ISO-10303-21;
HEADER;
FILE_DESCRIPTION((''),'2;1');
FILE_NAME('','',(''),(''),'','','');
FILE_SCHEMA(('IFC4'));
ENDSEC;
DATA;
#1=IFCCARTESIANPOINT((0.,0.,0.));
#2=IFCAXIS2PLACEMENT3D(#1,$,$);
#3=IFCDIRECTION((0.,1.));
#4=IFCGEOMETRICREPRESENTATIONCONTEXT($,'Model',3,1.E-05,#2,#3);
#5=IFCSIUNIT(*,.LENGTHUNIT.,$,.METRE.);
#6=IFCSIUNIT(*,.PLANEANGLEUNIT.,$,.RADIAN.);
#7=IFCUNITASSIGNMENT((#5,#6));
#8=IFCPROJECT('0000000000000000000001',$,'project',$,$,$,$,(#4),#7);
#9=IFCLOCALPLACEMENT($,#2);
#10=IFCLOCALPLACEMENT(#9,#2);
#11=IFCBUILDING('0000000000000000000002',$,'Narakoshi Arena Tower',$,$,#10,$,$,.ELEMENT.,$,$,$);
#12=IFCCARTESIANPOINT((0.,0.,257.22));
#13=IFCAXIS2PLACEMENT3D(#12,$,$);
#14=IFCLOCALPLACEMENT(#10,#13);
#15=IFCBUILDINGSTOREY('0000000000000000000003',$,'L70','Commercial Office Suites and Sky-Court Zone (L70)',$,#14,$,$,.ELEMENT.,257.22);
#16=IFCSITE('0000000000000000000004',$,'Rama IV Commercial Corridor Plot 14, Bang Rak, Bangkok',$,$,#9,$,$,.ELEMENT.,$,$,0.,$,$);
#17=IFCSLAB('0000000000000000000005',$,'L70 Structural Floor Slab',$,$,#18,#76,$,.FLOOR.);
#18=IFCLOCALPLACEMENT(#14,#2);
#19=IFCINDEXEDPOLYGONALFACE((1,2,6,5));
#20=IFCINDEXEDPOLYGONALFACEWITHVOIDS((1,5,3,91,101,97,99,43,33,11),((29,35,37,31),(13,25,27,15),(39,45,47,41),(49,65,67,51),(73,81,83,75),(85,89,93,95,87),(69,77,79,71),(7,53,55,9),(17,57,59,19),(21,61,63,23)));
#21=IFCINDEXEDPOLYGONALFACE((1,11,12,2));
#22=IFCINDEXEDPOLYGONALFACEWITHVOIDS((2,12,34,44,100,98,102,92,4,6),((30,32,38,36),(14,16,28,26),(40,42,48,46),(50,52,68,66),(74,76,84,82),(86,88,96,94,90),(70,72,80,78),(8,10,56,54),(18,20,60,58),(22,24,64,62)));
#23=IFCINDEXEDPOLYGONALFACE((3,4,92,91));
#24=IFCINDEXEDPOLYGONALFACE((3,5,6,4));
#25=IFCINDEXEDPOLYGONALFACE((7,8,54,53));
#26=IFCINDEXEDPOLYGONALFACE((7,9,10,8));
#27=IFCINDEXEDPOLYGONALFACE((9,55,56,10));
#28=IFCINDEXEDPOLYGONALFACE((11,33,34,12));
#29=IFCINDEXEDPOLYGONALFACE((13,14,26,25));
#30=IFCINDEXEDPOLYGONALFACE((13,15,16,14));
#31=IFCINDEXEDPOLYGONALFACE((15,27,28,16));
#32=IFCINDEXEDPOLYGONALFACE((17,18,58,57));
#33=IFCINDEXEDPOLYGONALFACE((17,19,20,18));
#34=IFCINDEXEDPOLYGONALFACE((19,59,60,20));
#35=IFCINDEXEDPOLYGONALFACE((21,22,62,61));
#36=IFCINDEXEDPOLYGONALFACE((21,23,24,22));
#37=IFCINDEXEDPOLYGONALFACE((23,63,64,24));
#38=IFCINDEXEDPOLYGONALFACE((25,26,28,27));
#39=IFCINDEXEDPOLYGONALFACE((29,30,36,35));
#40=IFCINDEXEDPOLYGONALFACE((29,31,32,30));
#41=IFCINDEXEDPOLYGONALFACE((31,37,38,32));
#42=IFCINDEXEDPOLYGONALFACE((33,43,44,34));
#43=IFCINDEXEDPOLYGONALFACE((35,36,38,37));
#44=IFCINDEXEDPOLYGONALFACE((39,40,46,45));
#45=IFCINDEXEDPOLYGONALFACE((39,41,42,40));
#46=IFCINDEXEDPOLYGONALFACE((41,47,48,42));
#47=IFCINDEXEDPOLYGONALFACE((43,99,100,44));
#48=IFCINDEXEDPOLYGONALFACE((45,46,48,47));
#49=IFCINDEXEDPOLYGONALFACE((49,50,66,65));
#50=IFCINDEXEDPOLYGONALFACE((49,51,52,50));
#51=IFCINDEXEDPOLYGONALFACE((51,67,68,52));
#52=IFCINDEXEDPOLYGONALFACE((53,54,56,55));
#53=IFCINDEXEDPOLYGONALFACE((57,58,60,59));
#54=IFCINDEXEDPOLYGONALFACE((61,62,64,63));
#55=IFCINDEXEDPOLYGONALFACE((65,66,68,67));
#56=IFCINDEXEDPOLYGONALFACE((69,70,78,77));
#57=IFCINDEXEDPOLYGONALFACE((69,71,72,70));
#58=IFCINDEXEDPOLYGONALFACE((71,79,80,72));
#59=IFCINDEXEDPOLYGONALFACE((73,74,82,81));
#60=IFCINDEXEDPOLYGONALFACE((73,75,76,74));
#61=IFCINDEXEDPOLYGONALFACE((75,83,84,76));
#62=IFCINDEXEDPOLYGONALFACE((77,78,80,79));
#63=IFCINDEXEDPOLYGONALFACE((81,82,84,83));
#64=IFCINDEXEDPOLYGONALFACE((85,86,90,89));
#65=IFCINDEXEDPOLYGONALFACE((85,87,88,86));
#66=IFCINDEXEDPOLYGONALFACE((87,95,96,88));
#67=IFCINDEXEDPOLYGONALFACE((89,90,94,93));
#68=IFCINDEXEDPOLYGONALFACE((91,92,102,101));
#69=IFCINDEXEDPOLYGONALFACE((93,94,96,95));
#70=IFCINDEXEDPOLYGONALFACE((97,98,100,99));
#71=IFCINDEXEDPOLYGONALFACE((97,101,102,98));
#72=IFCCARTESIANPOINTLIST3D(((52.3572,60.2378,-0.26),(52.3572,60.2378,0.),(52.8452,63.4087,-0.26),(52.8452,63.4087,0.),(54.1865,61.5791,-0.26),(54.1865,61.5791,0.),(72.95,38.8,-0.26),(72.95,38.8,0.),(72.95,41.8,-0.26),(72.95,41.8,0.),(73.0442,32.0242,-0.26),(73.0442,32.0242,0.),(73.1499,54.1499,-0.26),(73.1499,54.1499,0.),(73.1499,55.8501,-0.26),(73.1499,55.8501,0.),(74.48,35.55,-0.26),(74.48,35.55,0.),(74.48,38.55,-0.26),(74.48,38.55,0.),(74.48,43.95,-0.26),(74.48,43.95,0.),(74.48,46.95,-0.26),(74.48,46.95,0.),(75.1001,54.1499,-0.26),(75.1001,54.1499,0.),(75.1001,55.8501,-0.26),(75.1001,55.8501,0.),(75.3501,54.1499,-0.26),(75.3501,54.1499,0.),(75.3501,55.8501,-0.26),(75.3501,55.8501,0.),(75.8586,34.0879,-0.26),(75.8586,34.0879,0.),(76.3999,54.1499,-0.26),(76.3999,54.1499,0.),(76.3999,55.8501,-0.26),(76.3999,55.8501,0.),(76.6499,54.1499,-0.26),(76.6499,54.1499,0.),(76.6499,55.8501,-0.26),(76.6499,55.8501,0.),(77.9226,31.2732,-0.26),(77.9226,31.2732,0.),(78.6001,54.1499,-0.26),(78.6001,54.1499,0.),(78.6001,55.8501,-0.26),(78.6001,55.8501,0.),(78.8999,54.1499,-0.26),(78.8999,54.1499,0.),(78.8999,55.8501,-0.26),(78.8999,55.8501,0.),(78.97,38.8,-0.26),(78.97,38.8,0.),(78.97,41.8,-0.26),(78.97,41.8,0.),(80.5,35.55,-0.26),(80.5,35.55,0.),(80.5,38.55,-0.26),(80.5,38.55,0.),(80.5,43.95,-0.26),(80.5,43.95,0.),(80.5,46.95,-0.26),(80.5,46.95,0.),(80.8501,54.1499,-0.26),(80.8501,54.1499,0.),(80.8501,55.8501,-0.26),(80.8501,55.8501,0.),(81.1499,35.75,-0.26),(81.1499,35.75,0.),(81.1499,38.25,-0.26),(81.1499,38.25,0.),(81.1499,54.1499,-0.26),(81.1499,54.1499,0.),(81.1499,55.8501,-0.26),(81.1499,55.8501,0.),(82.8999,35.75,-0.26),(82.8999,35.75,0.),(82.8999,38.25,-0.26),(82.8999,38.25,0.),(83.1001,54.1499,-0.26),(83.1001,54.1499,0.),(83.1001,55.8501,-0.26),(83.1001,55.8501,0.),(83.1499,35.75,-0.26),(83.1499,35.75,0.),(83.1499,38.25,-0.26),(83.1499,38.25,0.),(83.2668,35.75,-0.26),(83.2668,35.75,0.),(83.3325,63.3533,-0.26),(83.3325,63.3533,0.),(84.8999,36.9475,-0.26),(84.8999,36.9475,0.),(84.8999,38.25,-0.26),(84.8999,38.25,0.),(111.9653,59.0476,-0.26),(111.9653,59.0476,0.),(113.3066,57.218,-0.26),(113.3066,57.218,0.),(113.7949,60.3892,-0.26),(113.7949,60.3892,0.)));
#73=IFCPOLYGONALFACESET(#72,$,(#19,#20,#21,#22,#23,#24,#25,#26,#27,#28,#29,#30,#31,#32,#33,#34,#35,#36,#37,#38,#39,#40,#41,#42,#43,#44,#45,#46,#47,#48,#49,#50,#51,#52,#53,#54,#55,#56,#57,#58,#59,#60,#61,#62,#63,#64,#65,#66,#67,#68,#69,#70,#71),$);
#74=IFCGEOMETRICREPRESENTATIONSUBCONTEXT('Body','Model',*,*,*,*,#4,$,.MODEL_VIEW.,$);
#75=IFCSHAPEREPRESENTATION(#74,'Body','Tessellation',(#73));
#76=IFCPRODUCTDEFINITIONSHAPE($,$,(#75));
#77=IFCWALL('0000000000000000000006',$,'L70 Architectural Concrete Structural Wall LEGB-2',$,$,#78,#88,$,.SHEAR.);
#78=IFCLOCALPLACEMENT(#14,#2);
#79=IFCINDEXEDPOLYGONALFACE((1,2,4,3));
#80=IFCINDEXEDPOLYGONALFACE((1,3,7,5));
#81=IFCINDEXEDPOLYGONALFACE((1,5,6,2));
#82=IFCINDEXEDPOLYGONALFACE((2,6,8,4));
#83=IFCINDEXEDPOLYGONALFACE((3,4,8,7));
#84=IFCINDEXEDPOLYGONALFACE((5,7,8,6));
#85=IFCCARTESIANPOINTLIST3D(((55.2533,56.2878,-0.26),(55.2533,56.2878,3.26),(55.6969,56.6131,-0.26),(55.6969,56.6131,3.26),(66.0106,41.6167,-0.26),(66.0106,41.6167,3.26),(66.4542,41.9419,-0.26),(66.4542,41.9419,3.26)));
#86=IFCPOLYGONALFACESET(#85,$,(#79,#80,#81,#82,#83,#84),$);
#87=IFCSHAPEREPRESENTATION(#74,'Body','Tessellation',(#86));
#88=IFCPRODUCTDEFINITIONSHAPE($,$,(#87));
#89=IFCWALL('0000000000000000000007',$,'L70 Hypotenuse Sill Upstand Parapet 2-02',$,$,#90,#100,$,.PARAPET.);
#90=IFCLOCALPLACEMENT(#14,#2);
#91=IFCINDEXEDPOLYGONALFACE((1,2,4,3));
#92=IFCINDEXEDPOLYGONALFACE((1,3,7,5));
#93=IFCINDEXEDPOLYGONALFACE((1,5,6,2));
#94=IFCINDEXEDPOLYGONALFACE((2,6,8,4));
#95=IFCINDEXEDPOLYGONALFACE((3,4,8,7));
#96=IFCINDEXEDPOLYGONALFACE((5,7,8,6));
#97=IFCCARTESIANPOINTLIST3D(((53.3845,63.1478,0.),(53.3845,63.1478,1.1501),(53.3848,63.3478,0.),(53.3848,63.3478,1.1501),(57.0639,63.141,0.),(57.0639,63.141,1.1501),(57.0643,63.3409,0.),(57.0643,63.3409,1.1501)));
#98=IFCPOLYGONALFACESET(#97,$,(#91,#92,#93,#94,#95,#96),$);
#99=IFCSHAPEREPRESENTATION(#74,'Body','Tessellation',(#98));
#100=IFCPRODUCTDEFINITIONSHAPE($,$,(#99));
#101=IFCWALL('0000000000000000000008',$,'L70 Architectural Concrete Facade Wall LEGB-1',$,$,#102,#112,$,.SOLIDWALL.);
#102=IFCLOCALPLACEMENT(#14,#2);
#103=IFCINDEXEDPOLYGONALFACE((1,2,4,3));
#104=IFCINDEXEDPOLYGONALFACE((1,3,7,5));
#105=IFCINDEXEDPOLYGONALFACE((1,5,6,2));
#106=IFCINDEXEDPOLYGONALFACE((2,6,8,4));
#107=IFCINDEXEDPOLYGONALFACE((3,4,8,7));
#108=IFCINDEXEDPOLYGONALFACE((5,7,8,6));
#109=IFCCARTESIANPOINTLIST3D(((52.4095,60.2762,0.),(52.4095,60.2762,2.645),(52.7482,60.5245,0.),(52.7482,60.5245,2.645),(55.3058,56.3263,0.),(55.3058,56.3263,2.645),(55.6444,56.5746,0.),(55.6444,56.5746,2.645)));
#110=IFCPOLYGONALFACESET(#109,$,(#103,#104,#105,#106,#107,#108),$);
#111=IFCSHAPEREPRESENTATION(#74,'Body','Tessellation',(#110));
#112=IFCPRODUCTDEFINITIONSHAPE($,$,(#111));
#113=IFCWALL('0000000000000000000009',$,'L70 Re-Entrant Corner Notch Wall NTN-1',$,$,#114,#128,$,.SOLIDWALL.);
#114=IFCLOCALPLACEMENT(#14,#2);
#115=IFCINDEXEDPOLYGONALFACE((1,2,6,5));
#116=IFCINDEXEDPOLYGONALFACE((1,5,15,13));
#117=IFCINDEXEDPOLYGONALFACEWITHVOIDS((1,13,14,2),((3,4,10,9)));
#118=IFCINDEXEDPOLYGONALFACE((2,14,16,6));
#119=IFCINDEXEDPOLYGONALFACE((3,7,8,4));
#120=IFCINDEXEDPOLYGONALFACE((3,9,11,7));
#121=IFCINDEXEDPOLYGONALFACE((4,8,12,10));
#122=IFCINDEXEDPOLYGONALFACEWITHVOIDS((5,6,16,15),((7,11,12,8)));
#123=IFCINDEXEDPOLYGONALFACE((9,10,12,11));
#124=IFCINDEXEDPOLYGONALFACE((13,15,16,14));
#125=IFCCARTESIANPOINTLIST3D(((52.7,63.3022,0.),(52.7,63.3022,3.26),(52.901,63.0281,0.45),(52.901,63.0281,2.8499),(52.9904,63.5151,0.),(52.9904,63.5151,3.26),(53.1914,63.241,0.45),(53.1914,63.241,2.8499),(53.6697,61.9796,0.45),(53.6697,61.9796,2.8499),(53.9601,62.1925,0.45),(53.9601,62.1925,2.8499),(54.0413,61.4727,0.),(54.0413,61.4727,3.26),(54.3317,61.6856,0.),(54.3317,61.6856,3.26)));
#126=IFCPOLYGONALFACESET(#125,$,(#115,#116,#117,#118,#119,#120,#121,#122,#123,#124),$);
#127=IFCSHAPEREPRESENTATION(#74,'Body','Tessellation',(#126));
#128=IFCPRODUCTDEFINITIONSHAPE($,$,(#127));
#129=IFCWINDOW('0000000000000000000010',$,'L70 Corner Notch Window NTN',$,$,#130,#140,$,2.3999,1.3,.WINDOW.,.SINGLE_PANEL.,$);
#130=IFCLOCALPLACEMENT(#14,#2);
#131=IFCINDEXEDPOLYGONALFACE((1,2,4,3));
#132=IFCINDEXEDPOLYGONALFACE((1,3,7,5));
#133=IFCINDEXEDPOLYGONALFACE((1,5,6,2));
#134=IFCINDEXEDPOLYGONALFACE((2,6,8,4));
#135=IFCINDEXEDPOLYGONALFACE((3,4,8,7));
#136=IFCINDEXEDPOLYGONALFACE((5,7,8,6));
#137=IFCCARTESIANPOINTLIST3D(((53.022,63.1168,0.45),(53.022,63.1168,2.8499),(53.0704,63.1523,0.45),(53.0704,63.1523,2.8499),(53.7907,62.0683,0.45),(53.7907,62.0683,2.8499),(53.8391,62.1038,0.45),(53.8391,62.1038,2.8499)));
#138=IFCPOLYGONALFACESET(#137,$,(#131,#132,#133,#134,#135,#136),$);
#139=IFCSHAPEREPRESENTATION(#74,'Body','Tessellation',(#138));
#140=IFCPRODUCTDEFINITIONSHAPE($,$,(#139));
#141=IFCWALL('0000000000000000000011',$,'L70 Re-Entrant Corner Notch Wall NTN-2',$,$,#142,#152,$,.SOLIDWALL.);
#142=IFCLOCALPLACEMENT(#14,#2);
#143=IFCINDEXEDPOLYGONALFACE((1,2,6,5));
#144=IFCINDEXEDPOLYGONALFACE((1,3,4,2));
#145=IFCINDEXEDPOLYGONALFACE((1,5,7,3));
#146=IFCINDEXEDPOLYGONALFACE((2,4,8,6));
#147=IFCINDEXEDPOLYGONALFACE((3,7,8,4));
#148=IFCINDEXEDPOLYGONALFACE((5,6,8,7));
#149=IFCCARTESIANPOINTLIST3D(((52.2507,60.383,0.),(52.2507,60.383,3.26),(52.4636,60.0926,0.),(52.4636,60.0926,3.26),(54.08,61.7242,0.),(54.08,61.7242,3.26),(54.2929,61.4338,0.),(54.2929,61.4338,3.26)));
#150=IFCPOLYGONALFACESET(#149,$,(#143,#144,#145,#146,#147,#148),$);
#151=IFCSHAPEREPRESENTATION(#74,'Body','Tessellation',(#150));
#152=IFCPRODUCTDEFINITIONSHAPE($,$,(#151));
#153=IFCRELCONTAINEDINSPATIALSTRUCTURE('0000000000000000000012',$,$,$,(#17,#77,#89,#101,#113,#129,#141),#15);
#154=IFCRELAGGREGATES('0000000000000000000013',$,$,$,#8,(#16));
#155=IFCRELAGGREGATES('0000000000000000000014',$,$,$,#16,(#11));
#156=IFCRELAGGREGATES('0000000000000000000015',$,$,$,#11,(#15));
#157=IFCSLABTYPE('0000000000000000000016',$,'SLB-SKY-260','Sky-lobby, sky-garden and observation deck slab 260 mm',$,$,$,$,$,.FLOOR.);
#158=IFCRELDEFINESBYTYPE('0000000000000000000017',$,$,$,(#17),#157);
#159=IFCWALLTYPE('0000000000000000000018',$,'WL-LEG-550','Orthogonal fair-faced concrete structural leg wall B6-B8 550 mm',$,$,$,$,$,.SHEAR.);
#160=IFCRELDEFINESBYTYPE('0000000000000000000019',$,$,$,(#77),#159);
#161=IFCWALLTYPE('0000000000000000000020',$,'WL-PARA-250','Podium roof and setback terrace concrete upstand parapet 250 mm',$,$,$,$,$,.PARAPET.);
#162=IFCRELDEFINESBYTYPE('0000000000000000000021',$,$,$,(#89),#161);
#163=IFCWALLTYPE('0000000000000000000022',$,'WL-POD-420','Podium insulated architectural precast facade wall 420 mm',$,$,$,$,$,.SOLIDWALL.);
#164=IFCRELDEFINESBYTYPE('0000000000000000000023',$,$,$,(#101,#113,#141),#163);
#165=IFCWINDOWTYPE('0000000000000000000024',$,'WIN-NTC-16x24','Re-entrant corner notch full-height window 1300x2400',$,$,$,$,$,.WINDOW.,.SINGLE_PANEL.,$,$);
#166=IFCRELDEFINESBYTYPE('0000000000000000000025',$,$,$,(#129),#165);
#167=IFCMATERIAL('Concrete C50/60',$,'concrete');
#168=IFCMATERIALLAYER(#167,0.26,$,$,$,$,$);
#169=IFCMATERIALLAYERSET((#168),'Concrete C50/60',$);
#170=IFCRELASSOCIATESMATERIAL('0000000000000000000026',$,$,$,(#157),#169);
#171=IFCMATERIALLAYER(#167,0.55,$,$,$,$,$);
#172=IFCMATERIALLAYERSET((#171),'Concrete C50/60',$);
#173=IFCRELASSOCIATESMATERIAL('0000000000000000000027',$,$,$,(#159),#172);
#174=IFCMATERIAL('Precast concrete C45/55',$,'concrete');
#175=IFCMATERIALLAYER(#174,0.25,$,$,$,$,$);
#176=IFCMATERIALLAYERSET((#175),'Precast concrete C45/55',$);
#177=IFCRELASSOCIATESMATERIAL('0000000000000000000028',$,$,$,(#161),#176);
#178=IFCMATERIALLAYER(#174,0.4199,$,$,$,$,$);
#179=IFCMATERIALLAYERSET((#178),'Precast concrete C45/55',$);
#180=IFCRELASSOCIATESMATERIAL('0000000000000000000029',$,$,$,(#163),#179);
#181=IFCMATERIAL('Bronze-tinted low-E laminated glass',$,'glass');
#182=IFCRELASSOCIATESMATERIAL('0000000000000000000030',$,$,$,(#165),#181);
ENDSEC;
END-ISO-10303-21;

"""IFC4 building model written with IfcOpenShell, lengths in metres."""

from ifc_helpers import new_model, si_unit, direction, frame, frame_2d, origin, place, context, subcontext, project, spatial, polyline, rectangle, outline, extrude, material, layer, layer_set, type_object, element, fill, save


model = new_model("IFC4")

# Units and contexts
model_context = context("Model", 3, precision=1e-05, world=origin(), true_north=direction((0.0, 1.0)))
body_context = subcontext(model_context, "Body", "Model", "MODEL_VIEW")
ifc_project = project(units=[si_unit("LENGTHUNIT", "METRE"), si_unit("PLANEANGLEUNIT", "RADIAN")], contexts=[model_context])

# Site, building, storey
site_placement = place(None, origin())
site = spatial("IfcSite", under=ifc_project, at=site_placement, Name="Rama IV Commercial Corridor Plot 14, Bang Rak, Bangkok", CompositionType="ELEMENT", RefElevation=0.0)
building_placement = place(site_placement, origin())
building = spatial("IfcBuilding", under=site, at=building_placement, Name="Narakoshi Arena Tower", CompositionType="ELEMENT")
storey_placement = place(building_placement, frame((0.0, 0.0, 257.22)))
storey = spatial("IfcBuildingStorey", under=building, at=storey_placement, Name="L70", Description="Commercial Office Suites and Sky-Court Zone (L70)", CompositionType="ELEMENT", Elevation=257.22)

# Shared definitions
ifc_material_1 = material(Name="Concrete C50/60", Category="concrete")

# Shared definitions
ifc_material_2 = material(Name="Bronze-tinted low-E laminated glass", Category="glass")

# Slab
ifc_layer_1 = layer(ifc_material_1, 0.26)
ifc_layer_set_1 = layer_set([ifc_layer_1], Name="Concrete C50/60")
slab_type_1 = type_object("IfcSlabType", Name="SLB-SKY-260", Description="Sky-lobby, sky-garden and observation deck slab 260 mm", PredefinedType="FLOOR", material=ifc_layer_set_1)
slab_1_placement = place(storey_placement, frame((0.0, 0.0, -0.26)))
element("IfcSlab", 1, at=slab_1_placement, inside=storey, type_object=slab_type_1, Name="L70 Structural Floor Slab", PredefinedType="FLOOR", context=body_context, shape_type="SweptSolid", body=[
    extrude(outline(polyline([(77.9226, 31.2732), (113.3066, 57.218), (111.9653, 59.0476), (113.7949, 60.3892), (83.3325, 63.3533), (52.8452, 63.4087), (54.1865, 61.5791), (52.3572, 60.2378), (73.0442, 32.0242), (75.8586, 34.0879), (77.9226, 31.2732)]), holes=[polyline([(80.5, 35.55), (74.48, 35.55), (74.48, 38.55), (80.5, 38.55), (80.5, 35.55)]), polyline([(82.8999, 35.75), (81.1499, 35.75), (81.1499, 38.25), (82.8999, 38.25), (82.8999, 35.75)]), polyline([(84.8999, 36.9475), (83.2668, 35.75), (83.1499, 35.75), (83.1499, 38.25), (84.8999, 38.25), (84.8999, 36.9475)]), polyline([(72.95, 38.8), (72.95, 41.8), (78.97, 41.8), (78.97, 38.8), (72.95, 38.8)]), polyline([(74.48, 43.95), (74.48, 46.95), (80.5, 46.95), (80.5, 43.95), (74.48, 43.95)]), polyline([(75.1001, 54.1499), (73.1499, 54.1499), (73.1499, 55.8501), (75.1001, 55.8501), (75.1001, 54.1499)]), polyline([(76.3999, 54.1499), (75.3501, 54.1499), (75.3501, 55.8501), (76.3999, 55.8501), (76.3999, 54.1499)]), polyline([(78.6001, 54.1499), (76.6499, 54.1499), (76.6499, 55.8501), (78.6001, 55.8501), (78.6001, 54.1499)]), polyline([(78.8999, 54.1499), (78.8999, 55.8501), (80.8501, 55.8501), (80.8501, 54.1499), (78.8999, 54.1499)]), polyline([(81.1499, 54.1499), (81.1499, 55.8501), (83.1001, 55.8501), (83.1001, 54.1499), (81.1499, 54.1499)])]), origin(), (0.0, 0.0, 1.0), 0.26),
])

# Walls
ifc_layer_2 = layer(ifc_material_1, 0.55)
ifc_layer_set_2 = layer_set([ifc_layer_2], Name="Concrete C50/60")
wall_type_1 = type_object("IfcWallType", Name="WL-LEG-550", Description="Orthogonal fair-faced concrete structural leg wall B6-B8 550 mm", PredefinedType="SHEAR", material=ifc_layer_set_2)
wall_1_placement = place(storey_placement, frame((55.4751, 56.4504, -0.26), z_axis=(0.0, 0.0, 1.0), x_axis=(0.59131, -0.806445, 0.0)))
element("IfcWall", 2, at=wall_1_placement, inside=storey, type_object=wall_type_1, Name="L70 Architectural Concrete Structural Wall LEGB-2", PredefinedType="SHEAR", context=body_context, shape_type="SweptSolid", body=[
    extrude(rectangle(XDim=18.1924, YDim=0.55, at=frame_2d((9.0962, 0.0))), origin(), (0.0, 0.0, 1.0), 3.52),
])
ifc_material_3 = material(Name="Precast concrete C45/55", Category="concrete")
ifc_layer_3 = layer(ifc_material_3, 0.25)
ifc_layer_set_3 = layer_set([ifc_layer_3], Name="Precast concrete C45/55")
wall_type_2 = type_object("IfcWallType", Name="WL-PARA-250", Description="Podium roof and setback terrace concrete upstand parapet 250 mm", PredefinedType="PARAPET", material=ifc_layer_set_3)
wall_2_placement = place(storey_placement, frame((57.0642, 63.241, 0.0), z_axis=(0.0, 0.0, 1.0), x_axis=(-0.999998, 0.001858, 0.0)))
element("IfcWall", 3, at=wall_2_placement, inside=storey, type_object=wall_type_2, Name="L70 Hypotenuse Sill Upstand Parapet 2-02", PredefinedType="PARAPET", context=body_context, shape_type="SweptSolid", body=[
    extrude(rectangle(XDim=3.6794, YDim=0.2, at=frame_2d((1.8398, 0.0))), origin(), (0.0, 0.0, 1.0), 1.1501),
])
ifc_layer_4 = layer(ifc_material_3, 0.4199)
ifc_layer_set_4 = layer_set([ifc_layer_4], Name="Precast concrete C45/55")
wall_type_3 = type_object("IfcWallType", Name="WL-POD-420", Description="Podium insulated architectural precast facade wall 420 mm", PredefinedType="SOLIDWALL", material=ifc_layer_set_4)
wall_3_placement = place(storey_placement, frame((52.5789, 60.4004, 0.0), z_axis=(0.0, 0.0, 1.0), x_axis=(0.591312, -0.806443, 0.0)))
element("IfcWall", 4, at=wall_3_placement, inside=storey, type_object=wall_type_3, Name="L70 Architectural Concrete Facade Wall LEGB-1", PredefinedType="SOLIDWALL", context=body_context, shape_type="SweptSolid", body=[
    extrude(rectangle(XDim=4.8979, YDim=0.4199, at=frame_2d((2.449, 0.0))), origin(), (0.0, 0.0, 1.0), 2.645),
])

# Wall, opening, window
wall_4_placement = place(storey_placement, frame((52.8452, 63.4087, 0.0), z_axis=(0.0, 0.0, 1.0), x_axis=(0.591252, -0.806487, 0.0)))
wall_4 = element("IfcWall", 5, at=wall_4_placement, inside=storey, type_object=wall_type_3, Name="L70 Re-Entrant Corner Notch Wall NTN-1", PredefinedType="SOLIDWALL", context=body_context, shape_type="SweptSolid", body=[
    extrude(rectangle(XDim=2.2686, YDim=0.3601, at=frame_2d((1.1343, 0.0))), origin(), (0.0, 0.0, 1.0), 3.26),
])
opening_placement = place(wall_4_placement, frame((0.3401, 0.0, 0.45)))
opening = element("IfcOpeningElement", 6, at=opening_placement, cuts=wall_4, PredefinedType="OPENING", context=body_context, shape_type="SweptSolid", body=[
    extrude(rectangle(XDim=1.3, YDim=2.3999, at=frame_2d((0.6499, 1.2))), frame((0.0, 0.1899, 0.0), z_axis=(0.0, -1.0, 0.0), x_axis=(1.0, 0.0, 0.0)), (0.0, 0.0, 1.0), 0.3801),
])
window_type = type_object("IfcWindowType", Name="WIN-NTC-16x24", Description="Re-entrant corner notch full-height window 1300x2400", PartitioningType="SINGLE_PANEL", PredefinedType="WINDOW", material=ifc_material_2)
window_placement = place(opening_placement, origin())
window = element("IfcWindow", 7, at=window_placement, inside=storey, type_object=window_type, Name="L70 Corner Notch Window NTN", OverallHeight=2.3999, OverallWidth=1.3, PartitioningType="SINGLE_PANEL", PredefinedType="WINDOW", context=body_context, shape_type="SweptSolid", body=[
    extrude(rectangle(XDim=1.3, YDim=2.3999, at=frame_2d((0.6499, 1.2))), frame((0.0, 0.03, 0.0), z_axis=(0.0, -1.0, 0.0), x_axis=(1.0, 0.0, 0.0)), (0.0, 0.0, 1.0), 0.0601),
])
fill(opening, window)

# Wall
wall_5_placement = place(storey_placement, frame((54.1865, 61.5791, 0.0), z_axis=(0.0, 0.0, 1.0), x_axis=(-0.806449, -0.591303, 0.0)))
element("IfcWall", 8, at=wall_5_placement, inside=storey, type_object=wall_type_3, Name="L70 Re-Entrant Corner Notch Wall NTN-2", PredefinedType="SOLIDWALL", context=body_context, shape_type="SweptSolid", body=[
    extrude(rectangle(XDim=2.2683, YDim=0.3601, at=frame_2d((1.1343, 0.0))), origin(), (0.0, 0.0, 1.0), 3.26),
])

save(model, "model.ifc")
